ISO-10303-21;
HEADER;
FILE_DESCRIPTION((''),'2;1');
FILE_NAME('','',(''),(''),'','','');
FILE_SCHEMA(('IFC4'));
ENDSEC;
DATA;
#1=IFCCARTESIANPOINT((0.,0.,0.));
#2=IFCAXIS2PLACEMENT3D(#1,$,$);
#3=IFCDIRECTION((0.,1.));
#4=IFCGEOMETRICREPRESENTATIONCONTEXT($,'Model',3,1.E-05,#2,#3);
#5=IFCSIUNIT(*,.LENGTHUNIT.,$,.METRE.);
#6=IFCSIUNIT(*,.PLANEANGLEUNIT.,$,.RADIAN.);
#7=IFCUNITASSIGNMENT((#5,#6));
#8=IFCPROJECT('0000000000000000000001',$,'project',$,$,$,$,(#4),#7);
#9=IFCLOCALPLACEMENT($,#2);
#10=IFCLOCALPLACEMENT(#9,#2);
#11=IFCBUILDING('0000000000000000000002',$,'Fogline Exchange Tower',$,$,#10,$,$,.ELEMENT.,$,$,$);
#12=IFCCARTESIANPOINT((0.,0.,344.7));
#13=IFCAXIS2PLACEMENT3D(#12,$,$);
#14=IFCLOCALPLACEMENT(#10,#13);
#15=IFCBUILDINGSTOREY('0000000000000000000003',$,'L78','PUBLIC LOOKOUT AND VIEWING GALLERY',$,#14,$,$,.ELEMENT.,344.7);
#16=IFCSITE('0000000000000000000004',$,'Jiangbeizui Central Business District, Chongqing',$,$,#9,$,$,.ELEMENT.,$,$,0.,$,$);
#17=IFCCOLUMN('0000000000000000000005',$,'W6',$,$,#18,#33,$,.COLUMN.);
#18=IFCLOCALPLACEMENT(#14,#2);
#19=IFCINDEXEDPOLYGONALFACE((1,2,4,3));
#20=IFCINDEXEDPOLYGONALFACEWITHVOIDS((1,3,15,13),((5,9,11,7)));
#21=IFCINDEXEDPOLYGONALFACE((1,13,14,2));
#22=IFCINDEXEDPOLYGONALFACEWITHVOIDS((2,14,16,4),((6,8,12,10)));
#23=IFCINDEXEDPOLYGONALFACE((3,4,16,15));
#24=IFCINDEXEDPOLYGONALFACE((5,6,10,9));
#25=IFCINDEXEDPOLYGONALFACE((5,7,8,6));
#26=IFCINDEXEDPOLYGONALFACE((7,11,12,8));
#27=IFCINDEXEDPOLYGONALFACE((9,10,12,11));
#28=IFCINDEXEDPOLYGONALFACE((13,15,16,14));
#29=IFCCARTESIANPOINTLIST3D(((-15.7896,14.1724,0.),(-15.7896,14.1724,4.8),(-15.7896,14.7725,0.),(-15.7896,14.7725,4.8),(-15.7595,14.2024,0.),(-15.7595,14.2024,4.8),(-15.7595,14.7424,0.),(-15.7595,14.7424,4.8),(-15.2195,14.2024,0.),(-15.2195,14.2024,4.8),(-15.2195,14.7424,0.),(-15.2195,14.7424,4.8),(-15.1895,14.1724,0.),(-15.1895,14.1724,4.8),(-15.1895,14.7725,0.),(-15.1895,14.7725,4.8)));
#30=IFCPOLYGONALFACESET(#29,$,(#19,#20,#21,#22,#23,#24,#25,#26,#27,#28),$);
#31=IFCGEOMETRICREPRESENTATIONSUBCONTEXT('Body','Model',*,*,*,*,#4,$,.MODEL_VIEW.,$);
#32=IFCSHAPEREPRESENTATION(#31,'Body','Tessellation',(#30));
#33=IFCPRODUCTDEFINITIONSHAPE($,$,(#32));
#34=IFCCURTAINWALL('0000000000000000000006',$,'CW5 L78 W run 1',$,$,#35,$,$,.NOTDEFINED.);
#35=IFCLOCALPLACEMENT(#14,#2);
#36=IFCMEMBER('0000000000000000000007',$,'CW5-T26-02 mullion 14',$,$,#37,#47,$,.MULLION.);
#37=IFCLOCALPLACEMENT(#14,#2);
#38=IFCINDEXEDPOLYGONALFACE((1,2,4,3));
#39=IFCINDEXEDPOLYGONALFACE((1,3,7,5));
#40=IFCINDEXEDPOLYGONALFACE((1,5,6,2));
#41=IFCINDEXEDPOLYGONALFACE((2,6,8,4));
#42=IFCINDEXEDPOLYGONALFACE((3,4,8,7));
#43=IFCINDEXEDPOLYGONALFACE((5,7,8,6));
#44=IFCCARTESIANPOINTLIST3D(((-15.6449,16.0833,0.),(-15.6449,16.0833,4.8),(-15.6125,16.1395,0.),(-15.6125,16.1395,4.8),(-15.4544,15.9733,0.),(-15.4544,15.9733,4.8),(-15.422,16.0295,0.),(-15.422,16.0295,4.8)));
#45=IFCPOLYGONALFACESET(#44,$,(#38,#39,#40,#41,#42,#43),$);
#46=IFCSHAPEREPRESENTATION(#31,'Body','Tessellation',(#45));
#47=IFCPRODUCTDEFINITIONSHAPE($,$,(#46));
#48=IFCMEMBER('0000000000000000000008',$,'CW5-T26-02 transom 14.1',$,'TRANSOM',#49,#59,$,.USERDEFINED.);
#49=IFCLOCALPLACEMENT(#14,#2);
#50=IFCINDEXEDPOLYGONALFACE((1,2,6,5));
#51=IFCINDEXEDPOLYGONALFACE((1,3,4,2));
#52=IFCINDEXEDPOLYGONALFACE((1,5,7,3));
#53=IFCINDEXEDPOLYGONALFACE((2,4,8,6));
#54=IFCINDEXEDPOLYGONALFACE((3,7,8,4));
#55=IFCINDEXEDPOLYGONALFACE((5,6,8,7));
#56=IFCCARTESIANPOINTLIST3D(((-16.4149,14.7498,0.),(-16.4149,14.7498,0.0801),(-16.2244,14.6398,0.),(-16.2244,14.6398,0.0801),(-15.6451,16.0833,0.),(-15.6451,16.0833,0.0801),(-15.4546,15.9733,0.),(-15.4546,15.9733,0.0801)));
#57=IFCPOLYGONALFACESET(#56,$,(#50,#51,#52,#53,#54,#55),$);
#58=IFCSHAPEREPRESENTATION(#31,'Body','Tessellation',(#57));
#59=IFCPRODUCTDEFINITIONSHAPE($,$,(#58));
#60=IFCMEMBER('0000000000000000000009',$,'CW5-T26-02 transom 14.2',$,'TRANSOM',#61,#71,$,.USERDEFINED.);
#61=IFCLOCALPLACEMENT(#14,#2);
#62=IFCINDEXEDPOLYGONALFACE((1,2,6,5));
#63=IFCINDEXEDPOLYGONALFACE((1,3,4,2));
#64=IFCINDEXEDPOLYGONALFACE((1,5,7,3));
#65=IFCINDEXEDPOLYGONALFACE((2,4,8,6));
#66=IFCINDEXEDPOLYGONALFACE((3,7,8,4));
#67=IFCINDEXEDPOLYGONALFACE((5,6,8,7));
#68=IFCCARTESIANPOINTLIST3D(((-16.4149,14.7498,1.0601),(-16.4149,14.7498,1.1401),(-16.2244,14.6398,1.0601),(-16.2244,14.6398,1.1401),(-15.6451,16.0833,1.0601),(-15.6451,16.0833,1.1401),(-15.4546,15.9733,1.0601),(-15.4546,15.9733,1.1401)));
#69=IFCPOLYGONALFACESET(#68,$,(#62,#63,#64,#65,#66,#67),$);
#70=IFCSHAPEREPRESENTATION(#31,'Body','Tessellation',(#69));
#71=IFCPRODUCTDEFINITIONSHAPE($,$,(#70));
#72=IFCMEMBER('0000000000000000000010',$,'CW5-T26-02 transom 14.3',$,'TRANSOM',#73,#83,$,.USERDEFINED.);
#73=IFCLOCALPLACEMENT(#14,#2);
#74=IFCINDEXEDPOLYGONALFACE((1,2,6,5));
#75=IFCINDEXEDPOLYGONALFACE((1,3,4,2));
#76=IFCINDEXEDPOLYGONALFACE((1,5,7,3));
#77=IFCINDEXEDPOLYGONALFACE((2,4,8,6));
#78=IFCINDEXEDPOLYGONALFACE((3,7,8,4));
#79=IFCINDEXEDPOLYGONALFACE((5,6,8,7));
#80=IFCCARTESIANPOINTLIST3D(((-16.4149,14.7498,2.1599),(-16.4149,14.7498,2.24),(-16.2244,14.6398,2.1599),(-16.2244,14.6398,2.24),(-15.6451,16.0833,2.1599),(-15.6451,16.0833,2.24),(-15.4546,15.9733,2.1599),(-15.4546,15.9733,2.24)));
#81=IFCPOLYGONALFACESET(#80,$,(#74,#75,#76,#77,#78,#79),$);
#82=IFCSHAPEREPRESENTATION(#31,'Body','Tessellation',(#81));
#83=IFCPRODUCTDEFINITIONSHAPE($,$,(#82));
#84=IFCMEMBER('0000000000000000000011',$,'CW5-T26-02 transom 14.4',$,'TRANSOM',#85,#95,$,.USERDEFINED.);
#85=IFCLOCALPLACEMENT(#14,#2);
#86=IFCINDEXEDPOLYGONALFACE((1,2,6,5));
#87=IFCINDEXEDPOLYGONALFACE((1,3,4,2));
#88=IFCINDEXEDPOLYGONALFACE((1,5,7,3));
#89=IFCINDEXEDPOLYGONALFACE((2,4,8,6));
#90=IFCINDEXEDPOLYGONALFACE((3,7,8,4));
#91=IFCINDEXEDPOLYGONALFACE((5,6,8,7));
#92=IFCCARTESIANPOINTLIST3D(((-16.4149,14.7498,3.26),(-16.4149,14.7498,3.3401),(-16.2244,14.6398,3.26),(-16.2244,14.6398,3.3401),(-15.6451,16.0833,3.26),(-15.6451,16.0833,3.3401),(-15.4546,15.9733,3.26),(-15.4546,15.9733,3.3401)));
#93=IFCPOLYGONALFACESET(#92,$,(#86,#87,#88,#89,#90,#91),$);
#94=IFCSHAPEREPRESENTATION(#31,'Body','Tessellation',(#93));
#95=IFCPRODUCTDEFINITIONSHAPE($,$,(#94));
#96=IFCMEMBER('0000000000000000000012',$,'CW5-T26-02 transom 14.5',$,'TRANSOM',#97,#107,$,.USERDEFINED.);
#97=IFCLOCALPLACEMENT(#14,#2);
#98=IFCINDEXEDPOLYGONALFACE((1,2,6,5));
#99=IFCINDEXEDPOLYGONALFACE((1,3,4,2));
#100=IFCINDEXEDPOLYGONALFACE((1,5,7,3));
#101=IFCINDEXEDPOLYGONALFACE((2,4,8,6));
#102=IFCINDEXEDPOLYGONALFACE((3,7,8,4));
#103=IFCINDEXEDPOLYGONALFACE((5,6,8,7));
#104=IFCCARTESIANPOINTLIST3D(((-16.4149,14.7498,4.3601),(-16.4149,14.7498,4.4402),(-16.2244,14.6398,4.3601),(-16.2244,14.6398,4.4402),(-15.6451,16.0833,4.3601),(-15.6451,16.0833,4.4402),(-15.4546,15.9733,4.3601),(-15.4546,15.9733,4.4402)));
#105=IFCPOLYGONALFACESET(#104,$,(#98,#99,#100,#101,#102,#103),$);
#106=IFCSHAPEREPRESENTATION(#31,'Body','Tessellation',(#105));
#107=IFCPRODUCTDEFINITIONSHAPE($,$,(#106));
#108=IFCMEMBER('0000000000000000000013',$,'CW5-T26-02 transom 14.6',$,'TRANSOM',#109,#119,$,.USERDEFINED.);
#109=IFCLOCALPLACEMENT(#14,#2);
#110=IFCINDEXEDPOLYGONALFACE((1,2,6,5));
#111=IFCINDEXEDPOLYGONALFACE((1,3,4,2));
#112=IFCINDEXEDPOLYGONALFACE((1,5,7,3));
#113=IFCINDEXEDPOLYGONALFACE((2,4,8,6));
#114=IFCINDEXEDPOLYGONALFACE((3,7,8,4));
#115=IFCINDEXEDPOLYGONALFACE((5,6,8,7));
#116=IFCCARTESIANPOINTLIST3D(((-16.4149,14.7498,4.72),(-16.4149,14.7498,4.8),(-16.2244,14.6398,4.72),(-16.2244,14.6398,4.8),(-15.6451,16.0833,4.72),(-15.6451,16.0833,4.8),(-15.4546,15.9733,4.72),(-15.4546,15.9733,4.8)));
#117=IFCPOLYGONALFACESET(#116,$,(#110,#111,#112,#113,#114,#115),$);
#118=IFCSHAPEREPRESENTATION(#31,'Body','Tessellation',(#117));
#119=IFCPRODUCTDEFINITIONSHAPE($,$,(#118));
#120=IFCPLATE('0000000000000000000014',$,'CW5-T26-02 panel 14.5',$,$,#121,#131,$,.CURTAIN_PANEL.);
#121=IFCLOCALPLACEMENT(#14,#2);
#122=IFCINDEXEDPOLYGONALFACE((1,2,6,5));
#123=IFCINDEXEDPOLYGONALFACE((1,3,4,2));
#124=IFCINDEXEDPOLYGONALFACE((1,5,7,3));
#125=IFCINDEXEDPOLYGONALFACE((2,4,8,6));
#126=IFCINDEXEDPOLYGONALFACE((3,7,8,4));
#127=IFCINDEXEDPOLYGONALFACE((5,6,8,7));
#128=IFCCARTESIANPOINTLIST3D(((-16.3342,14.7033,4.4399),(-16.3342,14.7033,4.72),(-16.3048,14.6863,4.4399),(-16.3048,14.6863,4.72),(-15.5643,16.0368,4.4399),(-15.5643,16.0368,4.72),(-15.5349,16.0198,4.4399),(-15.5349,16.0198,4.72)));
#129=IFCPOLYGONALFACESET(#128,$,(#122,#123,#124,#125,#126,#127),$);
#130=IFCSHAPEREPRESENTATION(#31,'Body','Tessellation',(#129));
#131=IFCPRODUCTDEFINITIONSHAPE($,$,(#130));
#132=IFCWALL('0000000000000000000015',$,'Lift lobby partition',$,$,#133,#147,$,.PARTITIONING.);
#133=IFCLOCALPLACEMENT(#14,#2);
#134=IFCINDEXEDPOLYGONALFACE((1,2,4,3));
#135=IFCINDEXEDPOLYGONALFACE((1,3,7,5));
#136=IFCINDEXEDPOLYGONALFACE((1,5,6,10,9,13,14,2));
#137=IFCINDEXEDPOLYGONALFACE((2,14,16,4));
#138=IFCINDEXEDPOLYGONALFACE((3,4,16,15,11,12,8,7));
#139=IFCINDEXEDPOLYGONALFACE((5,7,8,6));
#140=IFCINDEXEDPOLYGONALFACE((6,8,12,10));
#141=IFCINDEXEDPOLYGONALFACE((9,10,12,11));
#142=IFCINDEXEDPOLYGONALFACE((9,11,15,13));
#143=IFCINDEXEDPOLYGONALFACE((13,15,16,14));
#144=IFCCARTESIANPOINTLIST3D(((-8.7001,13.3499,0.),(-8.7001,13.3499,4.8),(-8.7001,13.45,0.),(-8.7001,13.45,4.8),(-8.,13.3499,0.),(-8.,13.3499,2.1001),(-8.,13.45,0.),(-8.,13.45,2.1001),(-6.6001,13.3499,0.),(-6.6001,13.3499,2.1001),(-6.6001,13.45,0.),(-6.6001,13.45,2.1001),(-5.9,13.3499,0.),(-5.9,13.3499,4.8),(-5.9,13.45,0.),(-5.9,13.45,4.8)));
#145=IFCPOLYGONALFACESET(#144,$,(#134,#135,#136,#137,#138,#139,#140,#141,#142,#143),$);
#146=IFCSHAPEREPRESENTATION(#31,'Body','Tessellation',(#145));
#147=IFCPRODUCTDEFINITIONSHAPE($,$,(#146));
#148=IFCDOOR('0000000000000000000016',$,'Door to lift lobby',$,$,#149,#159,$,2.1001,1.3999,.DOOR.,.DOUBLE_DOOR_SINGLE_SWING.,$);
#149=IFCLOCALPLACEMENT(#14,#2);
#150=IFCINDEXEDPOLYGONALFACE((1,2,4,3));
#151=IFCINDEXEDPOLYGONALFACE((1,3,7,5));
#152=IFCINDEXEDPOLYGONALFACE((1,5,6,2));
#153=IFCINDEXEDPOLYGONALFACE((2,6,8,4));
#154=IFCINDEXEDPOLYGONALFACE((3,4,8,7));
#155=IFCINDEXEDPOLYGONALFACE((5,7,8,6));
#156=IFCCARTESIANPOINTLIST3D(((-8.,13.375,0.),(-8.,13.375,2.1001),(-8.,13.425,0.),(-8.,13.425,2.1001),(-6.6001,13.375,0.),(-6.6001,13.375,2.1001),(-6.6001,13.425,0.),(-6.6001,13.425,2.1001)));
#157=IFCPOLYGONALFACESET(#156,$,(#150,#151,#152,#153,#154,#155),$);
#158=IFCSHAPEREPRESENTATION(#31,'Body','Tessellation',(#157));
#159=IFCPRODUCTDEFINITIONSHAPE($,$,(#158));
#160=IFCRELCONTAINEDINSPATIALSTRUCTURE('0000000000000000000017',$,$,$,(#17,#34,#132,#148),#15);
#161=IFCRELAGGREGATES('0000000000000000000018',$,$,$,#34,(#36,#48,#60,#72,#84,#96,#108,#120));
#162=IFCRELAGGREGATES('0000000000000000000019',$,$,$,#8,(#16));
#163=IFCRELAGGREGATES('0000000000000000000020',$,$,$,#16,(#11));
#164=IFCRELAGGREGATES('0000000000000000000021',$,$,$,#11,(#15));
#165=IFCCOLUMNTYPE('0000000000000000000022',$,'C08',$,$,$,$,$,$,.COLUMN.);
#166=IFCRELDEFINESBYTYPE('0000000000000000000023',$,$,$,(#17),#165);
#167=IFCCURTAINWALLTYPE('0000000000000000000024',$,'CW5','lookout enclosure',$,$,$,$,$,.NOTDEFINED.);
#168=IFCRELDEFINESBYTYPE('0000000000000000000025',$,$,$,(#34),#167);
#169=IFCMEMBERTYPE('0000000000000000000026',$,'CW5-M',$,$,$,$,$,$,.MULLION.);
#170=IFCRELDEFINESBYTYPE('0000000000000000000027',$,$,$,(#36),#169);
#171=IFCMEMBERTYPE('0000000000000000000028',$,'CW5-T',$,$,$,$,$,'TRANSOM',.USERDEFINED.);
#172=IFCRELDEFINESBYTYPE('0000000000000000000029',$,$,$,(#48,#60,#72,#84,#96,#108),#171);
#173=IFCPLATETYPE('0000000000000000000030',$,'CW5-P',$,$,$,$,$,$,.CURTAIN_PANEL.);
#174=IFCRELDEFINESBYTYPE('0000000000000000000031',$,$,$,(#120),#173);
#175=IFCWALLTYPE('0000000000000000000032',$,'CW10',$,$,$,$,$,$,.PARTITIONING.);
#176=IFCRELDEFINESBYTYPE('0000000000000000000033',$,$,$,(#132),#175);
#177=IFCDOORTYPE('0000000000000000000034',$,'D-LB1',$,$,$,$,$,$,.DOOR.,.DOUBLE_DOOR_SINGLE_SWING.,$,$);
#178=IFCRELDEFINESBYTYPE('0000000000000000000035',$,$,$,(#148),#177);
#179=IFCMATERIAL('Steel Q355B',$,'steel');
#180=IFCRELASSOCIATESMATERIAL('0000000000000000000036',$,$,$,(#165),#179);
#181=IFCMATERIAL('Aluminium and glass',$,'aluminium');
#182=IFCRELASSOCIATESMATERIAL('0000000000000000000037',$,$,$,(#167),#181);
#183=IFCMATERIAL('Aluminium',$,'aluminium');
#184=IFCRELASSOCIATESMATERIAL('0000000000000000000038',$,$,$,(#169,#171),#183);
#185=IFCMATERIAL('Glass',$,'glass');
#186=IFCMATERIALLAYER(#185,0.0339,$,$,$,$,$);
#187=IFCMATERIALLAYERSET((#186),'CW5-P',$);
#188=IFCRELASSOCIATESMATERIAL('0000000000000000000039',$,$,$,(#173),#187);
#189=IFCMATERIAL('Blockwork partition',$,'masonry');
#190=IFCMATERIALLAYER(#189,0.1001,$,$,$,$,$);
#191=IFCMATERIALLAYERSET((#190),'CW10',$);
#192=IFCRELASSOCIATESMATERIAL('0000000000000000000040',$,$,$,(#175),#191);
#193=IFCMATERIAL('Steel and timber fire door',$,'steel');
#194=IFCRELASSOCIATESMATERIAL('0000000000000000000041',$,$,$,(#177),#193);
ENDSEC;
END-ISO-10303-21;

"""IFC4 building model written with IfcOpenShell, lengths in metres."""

from ifc_helpers import new_model, si_unit, direction, frame, frame_2d, origin, origin_2d, place, context, subcontext, project, spatial, rectangle, hollow_rectangle, extrude, material, layer, layer_set, material_profile, profile_set, type_object, element, fill, aggregate, save


model = new_model("IFC4")

# Units and contexts
model_context = context("Model", 3, precision=1e-05, world=origin(), true_north=direction((0.0, 1.0)))
body_context = subcontext(model_context, "Body", "Model", "MODEL_VIEW")
ifc_project = project(units=[si_unit("LENGTHUNIT", "METRE"), si_unit("PLANEANGLEUNIT", "RADIAN")], contexts=[model_context])

# Site, building, storey
site_placement = place(None, origin())
site = spatial("IfcSite", under=ifc_project, at=site_placement, Name="Jiangbeizui Central Business District, Chongqing", CompositionType="ELEMENT", RefElevation=0.0)
building_placement = place(site_placement, origin())
building = spatial("IfcBuilding", under=site, at=building_placement, Name="Fogline Exchange Tower", CompositionType="ELEMENT")
storey_placement = place(building_placement, frame((0.0, 0.0, 344.7)))
storey = spatial("IfcBuildingStorey", under=building, at=storey_placement, Name="L78", Description="PUBLIC LOOKOUT AND VIEWING GALLERY", CompositionType="ELEMENT", Elevation=344.7)

# Column
ifc_material_1 = material(Name="Steel Q355B", Category="steel")
ifc_material_profile_1 = material_profile(ifc_material_1, hollow_rectangle(XDim=0.6001, YDim=0.6001, WallThickness=0.03, at=origin_2d()), Name="BOX600X600X30")
ifc_profile_set_1 = profile_set([ifc_material_profile_1], Name="Steel Q355B")
column_type = type_object("IfcColumnType", Name="C08", PredefinedType="COLUMN", material=ifc_profile_set_1)
column_placement = place(storey_placement, frame((-15.4895, 14.4724, 0.0), z_axis=(0.0, 0.0, 1.0), x_axis=(1.0, 0.0, 0.0)))
element("IfcColumn", 1, at=column_placement, inside=storey, type_object=column_type, Name="W6", PredefinedType="COLUMN", context=body_context, shape_type="SweptSolid", body=[
    extrude(hollow_rectangle(XDim=0.6001, YDim=0.6001, WallThickness=0.03, at=origin_2d()), origin(), (0.0, 0.0, 1.0), 4.8),
])

# Curtain wall, members, plate
ifc_material_2 = material(Name="Aluminium and glass", Category="aluminium")
curtain_wall_type = type_object("IfcCurtainWallType", Name="CW5", Description="lookout enclosure", PredefinedType="NOTDEFINED", material=ifc_material_2)
curtain_wall_placement = place(storey_placement, origin())
curtain_wall = element("IfcCurtainWall", 2, at=curtain_wall_placement, inside=storey, type_object=curtain_wall_type, Name="CW5 L78 W run 1", PredefinedType="NOTDEFINED")
ifc_material_3 = material(Name="Aluminium", Category="aluminium")
ifc_material_profile_2 = material_profile(ifc_material_3, rectangle(XDim=0.22, YDim=0.0649, at=origin_2d()), Name="Mullion 65x220")
ifc_profile_set_2 = profile_set([ifc_material_profile_2], Name="Aluminium")
member_type_1 = type_object("IfcMemberType", Name="CW5-M", PredefinedType="MULLION", material=ifc_profile_set_2)
member_1_placement = place(storey_placement, frame((-15.5334, 16.0564, 0.0), z_axis=(0.0, 0.0, 1.0), x_axis=(0.866025, -0.5, 0.0)))
member_1 = element("IfcMember", 3, at=member_1_placement, type_object=member_type_1, Name="CW5-T26-02 mullion 14", PredefinedType="MULLION", context=body_context, shape_type="SweptSolid", body=[
    extrude(rectangle(XDim=0.22, YDim=0.0649, at=origin_2d()), origin(), (0.0, 0.0, 1.0), 4.8),
])
ifc_material_profile_3 = material_profile(ifc_material_3, rectangle(XDim=0.22, YDim=0.0801, at=origin_2d()), Name="Transom 80x220")
ifc_profile_set_3 = profile_set([ifc_material_profile_3], Name="Aluminium")
member_type_2 = type_object("IfcMemberType", Name="CW5-T", ElementType="TRANSOM", PredefinedType="USERDEFINED", material=ifc_profile_set_3)
member_2_placement = place(storey_placement, frame((-15.5498, 16.0283, 0.04), z_axis=(-0.499942, -0.866059, 0.0), x_axis=(0.866059, -0.499942, 0.0)))
member_2 = element("IfcMember", 4, at=member_2_placement, type_object=member_type_2, Name="CW5-T26-02 transom 14.1", ObjectType="TRANSOM", PredefinedType="USERDEFINED", context=body_context, shape_type="SweptSolid", body=[
    extrude(rectangle(XDim=0.22, YDim=0.0801, at=origin_2d()), origin(), (0.0, 0.0, 1.0), 1.5398),
])
member_3_placement = place(storey_placement, frame((-15.5498, 16.0283, 1.1001), z_axis=(-0.499942, -0.866059, 0.0), x_axis=(0.866059, -0.499942, 0.0)))
member_3 = element("IfcMember", 5, at=member_3_placement, type_object=member_type_2, Name="CW5-T26-02 transom 14.2", ObjectType="TRANSOM", PredefinedType="USERDEFINED", context=body_context, shape_type="SweptSolid", body=[
    extrude(rectangle(XDim=0.22, YDim=0.0801, at=origin_2d()), origin(), (0.0, 0.0, 1.0), 1.5398),
])
member_4_placement = place(storey_placement, frame((-15.5498, 16.0283, 2.2), z_axis=(-0.499942, -0.866059, 0.0), x_axis=(0.866059, -0.499942, 0.0)))
member_4 = element("IfcMember", 6, at=member_4_placement, type_object=member_type_2, Name="CW5-T26-02 transom 14.3", ObjectType="TRANSOM", PredefinedType="USERDEFINED", context=body_context, shape_type="SweptSolid", body=[
    extrude(rectangle(XDim=0.22, YDim=0.0801, at=origin_2d()), origin(), (0.0, 0.0, 1.0), 1.5398),
])
member_5_placement = place(storey_placement, frame((-15.5498, 16.0283, 3.3), z_axis=(-0.499942, -0.866059, 0.0), x_axis=(0.866059, -0.499942, 0.0)))
member_5 = element("IfcMember", 7, at=member_5_placement, type_object=member_type_2, Name="CW5-T26-02 transom 14.4", ObjectType="TRANSOM", PredefinedType="USERDEFINED", context=body_context, shape_type="SweptSolid", body=[
    extrude(rectangle(XDim=0.22, YDim=0.0801, at=origin_2d()), origin(), (0.0, 0.0, 1.0), 1.5398),
])
member_6_placement = place(storey_placement, frame((-15.5498, 16.0283, 4.4001), z_axis=(-0.499942, -0.866059, 0.0), x_axis=(0.866059, -0.499942, 0.0)))
member_6 = element("IfcMember", 8, at=member_6_placement, type_object=member_type_2, Name="CW5-T26-02 transom 14.5", ObjectType="TRANSOM", PredefinedType="USERDEFINED", context=body_context, shape_type="SweptSolid", body=[
    extrude(rectangle(XDim=0.22, YDim=0.0801, at=origin_2d()), origin(), (0.0, 0.0, 1.0), 1.5398),
])
member_7_placement = place(storey_placement, frame((-15.5498, 16.0283, 4.76), z_axis=(-0.499942, -0.866059, 0.0), x_axis=(0.866059, -0.499942, 0.0)))
member_7 = element("IfcMember", 9, at=member_7_placement, type_object=member_type_2, Name="CW5-T26-02 transom 14.6", ObjectType="TRANSOM", PredefinedType="USERDEFINED", context=body_context, shape_type="SweptSolid", body=[
    extrude(rectangle(XDim=0.22, YDim=0.0801, at=origin_2d()), origin(), (0.0, 0.0, 1.0), 1.5398),
])
ifc_material_4 = material(Name="Glass", Category="glass")
ifc_layer_1 = layer(ifc_material_4, 0.0339)
ifc_layer_set_1 = layer_set([ifc_layer_1], Name="CW5-P")
plate_type = type_object("IfcPlateType", Name="CW5-P", PredefinedType="CURTAIN_PANEL", material=ifc_layer_set_1)
plate_placement = place(storey_placement, frame((-15.9346, 15.3616, 4.4399), z_axis=(0.0, 0.0, 1.0), x_axis=(-0.5, -0.866025, 0.0)))
plate = element("IfcPlate", 10, at=plate_placement, type_object=plate_type, Name="CW5-T26-02 panel 14.5", PredefinedType="CURTAIN_PANEL", context=body_context, shape_type="SweptSolid", body=[
    extrude(rectangle(XDim=1.5398, YDim=0.0339, at=origin_2d()), origin(), (0.0, 0.0, 1.0), 0.28),
])
aggregate(curtain_wall, [member_1, member_2, member_3, member_4, member_5, member_6, member_7, plate])

# Wall, opening, door
ifc_material_5 = material(Name="Blockwork partition", Category="masonry")
ifc_layer_2 = layer(ifc_material_5, 0.1001)
ifc_layer_set_2 = layer_set([ifc_layer_2], Name="CW10")
wall_type_1 = type_object("IfcWallType", Name="CW10", PredefinedType="PARTITIONING", material=ifc_layer_set_2)
wall_1_placement = place(storey_placement, frame((-8.7, 13.3999, 0.0), z_axis=(0.0, 0.0, 1.0), x_axis=(1.0, 0.0, 0.0)))
wall_1 = element("IfcWall", 11, at=wall_1_placement, inside=storey, type_object=wall_type_1, Name="Lift lobby partition", PredefinedType="PARTITIONING", context=body_context, shape_type="SweptSolid", body=[
    extrude(rectangle(XDim=2.8, YDim=0.1001, at=frame_2d((1.3999, 0.0))), origin(), (0.0, 0.0, 1.0), 4.8),
])
opening_1_placement = place(wall_1_placement, frame((0.7, 0.0, 0.0)))
opening_1 = element("IfcOpeningElement", 12, at=opening_1_placement, cuts=wall_1, PredefinedType="OPENING", context=body_context, shape_type="SweptSolid", body=[
    extrude(rectangle(XDim=1.3999, YDim=2.1001, at=frame_2d((0.7, 1.05))), frame((0.0, 0.0601, 0.0), z_axis=(0.0, -1.0, 0.0), x_axis=(1.0, 0.0, 0.0)), (0.0, 0.0, 1.0), 0.1201),
])
ifc_material_6 = material(Name="Steel and timber fire door", Category="steel")
door_type_1 = type_object("IfcDoorType", Name="D-LB1", OperationType="DOUBLE_DOOR_SINGLE_SWING", PredefinedType="DOOR", material=ifc_material_6)
door_1_placement = place(opening_1_placement, frame((1.3999, 0.0, 0.0), z_axis=(0.0, 0.0, 1.0), x_axis=(-1.0, 0.0, 0.0)))
door_1 = element("IfcDoor", 13, at=door_1_placement, inside=storey, type_object=door_type_1, Name="Door to lift lobby", OperationType="DOUBLE_DOOR_SINGLE_SWING", OverallHeight=2.1001, OverallWidth=1.3999, PredefinedType="DOOR", context=body_context, shape_type="SweptSolid", body=[
    extrude(rectangle(XDim=1.3999, YDim=2.1001, at=frame_2d((0.7, 1.05))), frame((0.0, 0.0249, 0.0), z_axis=(0.0, -1.0, 0.0), x_axis=(1.0, 0.0, 0.0)), (0.0, 0.0, 1.0), 0.05),
])
fill(opening_1, door_1)

save(model, "model.ifc")
